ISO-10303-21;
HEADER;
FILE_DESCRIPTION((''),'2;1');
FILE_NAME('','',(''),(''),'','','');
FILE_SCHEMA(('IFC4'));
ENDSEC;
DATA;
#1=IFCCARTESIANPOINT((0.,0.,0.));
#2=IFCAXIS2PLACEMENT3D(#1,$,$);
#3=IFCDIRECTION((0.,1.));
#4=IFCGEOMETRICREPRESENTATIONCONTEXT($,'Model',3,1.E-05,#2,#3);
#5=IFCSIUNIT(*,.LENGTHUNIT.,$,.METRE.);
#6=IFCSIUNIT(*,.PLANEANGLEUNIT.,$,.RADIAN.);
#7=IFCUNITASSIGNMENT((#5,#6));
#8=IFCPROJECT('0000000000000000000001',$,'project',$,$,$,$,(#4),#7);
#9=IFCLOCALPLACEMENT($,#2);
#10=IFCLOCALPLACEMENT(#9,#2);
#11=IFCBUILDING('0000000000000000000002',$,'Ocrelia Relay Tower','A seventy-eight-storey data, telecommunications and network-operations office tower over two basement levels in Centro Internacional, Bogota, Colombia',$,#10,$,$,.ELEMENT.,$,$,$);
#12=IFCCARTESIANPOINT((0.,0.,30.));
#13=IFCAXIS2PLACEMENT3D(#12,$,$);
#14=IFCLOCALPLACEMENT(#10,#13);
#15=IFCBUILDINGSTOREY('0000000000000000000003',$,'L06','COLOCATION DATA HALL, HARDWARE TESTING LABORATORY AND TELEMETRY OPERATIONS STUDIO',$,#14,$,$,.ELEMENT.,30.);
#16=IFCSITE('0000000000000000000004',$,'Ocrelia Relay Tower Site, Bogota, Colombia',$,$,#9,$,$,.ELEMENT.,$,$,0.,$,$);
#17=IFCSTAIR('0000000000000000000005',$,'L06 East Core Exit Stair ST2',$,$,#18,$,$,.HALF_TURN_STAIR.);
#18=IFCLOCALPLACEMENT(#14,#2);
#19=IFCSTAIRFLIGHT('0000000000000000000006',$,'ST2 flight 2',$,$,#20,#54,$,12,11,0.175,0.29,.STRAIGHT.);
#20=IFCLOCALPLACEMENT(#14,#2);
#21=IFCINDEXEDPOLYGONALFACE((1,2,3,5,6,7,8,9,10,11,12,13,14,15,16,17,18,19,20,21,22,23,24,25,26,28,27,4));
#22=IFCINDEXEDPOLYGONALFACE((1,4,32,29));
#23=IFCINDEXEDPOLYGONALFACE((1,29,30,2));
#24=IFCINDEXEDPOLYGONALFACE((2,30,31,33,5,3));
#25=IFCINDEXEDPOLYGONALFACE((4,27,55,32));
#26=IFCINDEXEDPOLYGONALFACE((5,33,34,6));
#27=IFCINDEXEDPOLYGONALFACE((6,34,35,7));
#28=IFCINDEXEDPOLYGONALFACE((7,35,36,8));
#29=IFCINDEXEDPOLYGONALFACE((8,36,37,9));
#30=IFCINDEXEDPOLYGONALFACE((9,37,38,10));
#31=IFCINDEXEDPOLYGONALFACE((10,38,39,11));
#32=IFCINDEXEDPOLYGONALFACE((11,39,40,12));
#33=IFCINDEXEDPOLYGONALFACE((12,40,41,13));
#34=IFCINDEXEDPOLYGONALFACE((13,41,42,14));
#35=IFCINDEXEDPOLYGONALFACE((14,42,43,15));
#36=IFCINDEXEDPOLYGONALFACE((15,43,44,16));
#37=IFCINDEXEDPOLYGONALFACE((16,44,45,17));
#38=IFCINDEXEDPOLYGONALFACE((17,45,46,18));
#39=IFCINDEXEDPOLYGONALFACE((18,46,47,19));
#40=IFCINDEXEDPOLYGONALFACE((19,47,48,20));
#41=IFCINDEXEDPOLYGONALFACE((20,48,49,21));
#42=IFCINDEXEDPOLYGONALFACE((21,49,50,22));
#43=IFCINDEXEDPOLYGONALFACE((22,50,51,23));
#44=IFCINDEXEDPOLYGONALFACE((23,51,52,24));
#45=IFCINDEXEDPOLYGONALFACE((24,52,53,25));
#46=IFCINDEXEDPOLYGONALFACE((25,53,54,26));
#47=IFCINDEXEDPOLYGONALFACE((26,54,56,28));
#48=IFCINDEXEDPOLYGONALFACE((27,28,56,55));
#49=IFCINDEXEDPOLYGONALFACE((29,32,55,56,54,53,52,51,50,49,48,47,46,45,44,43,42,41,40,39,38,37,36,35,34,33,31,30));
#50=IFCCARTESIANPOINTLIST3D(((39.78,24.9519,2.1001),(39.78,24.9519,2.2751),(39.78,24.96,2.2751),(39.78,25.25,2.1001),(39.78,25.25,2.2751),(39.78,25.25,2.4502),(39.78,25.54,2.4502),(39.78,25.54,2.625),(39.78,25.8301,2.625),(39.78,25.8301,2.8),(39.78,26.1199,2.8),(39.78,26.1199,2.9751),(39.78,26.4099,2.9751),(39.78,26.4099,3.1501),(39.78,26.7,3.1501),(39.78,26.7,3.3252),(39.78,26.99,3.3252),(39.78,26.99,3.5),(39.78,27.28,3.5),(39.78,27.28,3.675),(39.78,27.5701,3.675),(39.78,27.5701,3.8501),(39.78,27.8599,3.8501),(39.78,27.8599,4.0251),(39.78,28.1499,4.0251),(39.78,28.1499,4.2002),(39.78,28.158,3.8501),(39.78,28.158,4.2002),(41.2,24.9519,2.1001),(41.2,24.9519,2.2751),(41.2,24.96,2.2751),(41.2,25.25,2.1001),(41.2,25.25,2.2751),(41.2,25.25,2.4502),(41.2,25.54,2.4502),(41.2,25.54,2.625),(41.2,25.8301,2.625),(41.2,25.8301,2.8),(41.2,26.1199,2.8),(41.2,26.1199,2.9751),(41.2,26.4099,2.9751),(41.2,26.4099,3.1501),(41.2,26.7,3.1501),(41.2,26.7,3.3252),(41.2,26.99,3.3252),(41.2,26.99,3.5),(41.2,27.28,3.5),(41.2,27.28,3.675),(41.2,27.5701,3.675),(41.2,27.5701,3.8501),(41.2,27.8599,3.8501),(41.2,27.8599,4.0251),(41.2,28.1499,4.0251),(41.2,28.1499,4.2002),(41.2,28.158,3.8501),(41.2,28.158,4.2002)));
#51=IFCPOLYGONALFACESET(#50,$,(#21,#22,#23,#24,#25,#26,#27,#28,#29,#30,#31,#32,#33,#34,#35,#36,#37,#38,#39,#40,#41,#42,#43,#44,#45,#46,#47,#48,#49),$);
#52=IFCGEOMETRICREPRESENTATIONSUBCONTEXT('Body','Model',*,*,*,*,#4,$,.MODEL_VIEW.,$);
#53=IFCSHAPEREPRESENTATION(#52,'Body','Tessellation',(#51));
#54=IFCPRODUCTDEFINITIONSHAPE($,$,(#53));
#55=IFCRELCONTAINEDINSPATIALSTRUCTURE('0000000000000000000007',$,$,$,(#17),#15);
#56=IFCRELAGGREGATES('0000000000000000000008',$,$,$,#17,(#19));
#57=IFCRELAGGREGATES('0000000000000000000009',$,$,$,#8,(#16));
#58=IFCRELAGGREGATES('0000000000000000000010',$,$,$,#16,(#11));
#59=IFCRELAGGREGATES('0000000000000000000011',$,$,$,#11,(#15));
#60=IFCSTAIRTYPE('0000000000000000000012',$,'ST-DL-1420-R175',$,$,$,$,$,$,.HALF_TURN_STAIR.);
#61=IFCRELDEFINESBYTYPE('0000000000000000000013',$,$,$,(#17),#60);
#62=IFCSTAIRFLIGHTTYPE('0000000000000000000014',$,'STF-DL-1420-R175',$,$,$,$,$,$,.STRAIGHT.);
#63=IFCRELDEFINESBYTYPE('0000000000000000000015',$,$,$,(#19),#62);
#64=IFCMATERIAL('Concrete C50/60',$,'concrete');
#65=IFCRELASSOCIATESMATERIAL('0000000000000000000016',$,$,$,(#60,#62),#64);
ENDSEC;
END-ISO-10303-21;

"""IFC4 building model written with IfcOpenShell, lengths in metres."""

from ifc_helpers import new_model, si_unit, direction, frame, origin, place, context, subcontext, project, spatial, polyline, outline, extrude, material, type_object, element, aggregate, save


model = new_model("IFC4")

# Units and contexts
model_context = context("Model", 3, precision=1e-05, world=origin(), true_north=direction((0.0, 1.0)))
body_context = subcontext(model_context, "Body", "Model", "MODEL_VIEW")
ifc_project = project(units=[si_unit("LENGTHUNIT", "METRE"), si_unit("PLANEANGLEUNIT", "RADIAN")], contexts=[model_context])

# Site, building, storey
site_placement = place(None, origin())
site = spatial("IfcSite", under=ifc_project, at=site_placement, Name="Ocrelia Relay Tower Site, Bogota, Colombia", CompositionType="ELEMENT", RefElevation=0.0)
building_placement = place(site_placement, origin())
building = spatial("IfcBuilding", under=site, at=building_placement, Name="Ocrelia Relay Tower", Description="A seventy-eight-storey data, telecommunications and network-operations office tower over two basement levels in Centro Internacional, Bogota, Colombia", CompositionType="ELEMENT")
storey_placement = place(building_placement, frame((0.0, 0.0, 30.0)))
storey = spatial("IfcBuildingStorey", under=building, at=storey_placement, Name="L06", Description="COLOCATION DATA HALL, HARDWARE TESTING LABORATORY AND TELEMETRY OPERATIONS STUDIO", CompositionType="ELEMENT", Elevation=30.0)

# Shared definitions
ifc_material_1 = material(Name="Concrete C50/60", Category="concrete")

# Stair, stair flight
stair_type = type_object("IfcStairType", Name="ST-DL-1420-R175", PredefinedType="HALF_TURN_STAIR", material=ifc_material_1)
stair_placement = place(storey_placement, origin())
stair = element("IfcStair", 1, at=stair_placement, inside=storey, type_object=stair_type, Name="L06 East Core Exit Stair ST2", PredefinedType="HALF_TURN_STAIR")
stair_flight_type = type_object("IfcStairFlightType", Name="STF-DL-1420-R175", PredefinedType="STRAIGHT", material=ifc_material_1)
stair_flight_placement = place(storey_placement, frame((40.49, 24.96, 2.1001), z_axis=(0.0, 0.0, 1.0), x_axis=(0.0, 1.0, 0.0)))
stair_flight = element("IfcStairFlight", 2, at=stair_flight_placement, type_object=stair_flight_type, Name="ST2 flight 2", NumberOfRisers=12, NumberOfTreads=11, PredefinedType="STRAIGHT", RiserHeight=0.175, TreadLength=0.29, context=body_context, shape_type="SweptSolid", body=[
    extrude(outline(polyline([(-0.0081, 0.0), (-0.0081, 0.175), (0.0, 0.175), (0.29, 0.175), (0.29, 0.3501), (0.5801, 0.3501), (0.5801, 0.5249), (0.8701, 0.5249), (0.8701, 0.7), (1.1599, 0.7), (1.1599, 0.875), (1.45, 0.875), (1.45, 1.05), (1.74, 1.05), (1.74, 1.2251), (2.03, 1.2251), (2.03, 1.3999), (2.3201, 1.3999), (2.3201, 1.575), (2.6101, 1.575), (2.6101, 1.75), (2.8999, 1.75), (2.8999, 1.925), (3.1899, 1.925), (3.1899, 2.1001), (3.198, 2.1001), (3.198, 1.75), (0.29, 0.0), (-0.0081, 0.0)])), frame((0.0, 0.71, 0.0), z_axis=(0.0, -1.0, 0.0), x_axis=(1.0, 0.0, 0.0)), (0.0, 0.0, 1.0), 1.4199),
])
aggregate(stair, [stair_flight])

save(model, "model.ifc")
